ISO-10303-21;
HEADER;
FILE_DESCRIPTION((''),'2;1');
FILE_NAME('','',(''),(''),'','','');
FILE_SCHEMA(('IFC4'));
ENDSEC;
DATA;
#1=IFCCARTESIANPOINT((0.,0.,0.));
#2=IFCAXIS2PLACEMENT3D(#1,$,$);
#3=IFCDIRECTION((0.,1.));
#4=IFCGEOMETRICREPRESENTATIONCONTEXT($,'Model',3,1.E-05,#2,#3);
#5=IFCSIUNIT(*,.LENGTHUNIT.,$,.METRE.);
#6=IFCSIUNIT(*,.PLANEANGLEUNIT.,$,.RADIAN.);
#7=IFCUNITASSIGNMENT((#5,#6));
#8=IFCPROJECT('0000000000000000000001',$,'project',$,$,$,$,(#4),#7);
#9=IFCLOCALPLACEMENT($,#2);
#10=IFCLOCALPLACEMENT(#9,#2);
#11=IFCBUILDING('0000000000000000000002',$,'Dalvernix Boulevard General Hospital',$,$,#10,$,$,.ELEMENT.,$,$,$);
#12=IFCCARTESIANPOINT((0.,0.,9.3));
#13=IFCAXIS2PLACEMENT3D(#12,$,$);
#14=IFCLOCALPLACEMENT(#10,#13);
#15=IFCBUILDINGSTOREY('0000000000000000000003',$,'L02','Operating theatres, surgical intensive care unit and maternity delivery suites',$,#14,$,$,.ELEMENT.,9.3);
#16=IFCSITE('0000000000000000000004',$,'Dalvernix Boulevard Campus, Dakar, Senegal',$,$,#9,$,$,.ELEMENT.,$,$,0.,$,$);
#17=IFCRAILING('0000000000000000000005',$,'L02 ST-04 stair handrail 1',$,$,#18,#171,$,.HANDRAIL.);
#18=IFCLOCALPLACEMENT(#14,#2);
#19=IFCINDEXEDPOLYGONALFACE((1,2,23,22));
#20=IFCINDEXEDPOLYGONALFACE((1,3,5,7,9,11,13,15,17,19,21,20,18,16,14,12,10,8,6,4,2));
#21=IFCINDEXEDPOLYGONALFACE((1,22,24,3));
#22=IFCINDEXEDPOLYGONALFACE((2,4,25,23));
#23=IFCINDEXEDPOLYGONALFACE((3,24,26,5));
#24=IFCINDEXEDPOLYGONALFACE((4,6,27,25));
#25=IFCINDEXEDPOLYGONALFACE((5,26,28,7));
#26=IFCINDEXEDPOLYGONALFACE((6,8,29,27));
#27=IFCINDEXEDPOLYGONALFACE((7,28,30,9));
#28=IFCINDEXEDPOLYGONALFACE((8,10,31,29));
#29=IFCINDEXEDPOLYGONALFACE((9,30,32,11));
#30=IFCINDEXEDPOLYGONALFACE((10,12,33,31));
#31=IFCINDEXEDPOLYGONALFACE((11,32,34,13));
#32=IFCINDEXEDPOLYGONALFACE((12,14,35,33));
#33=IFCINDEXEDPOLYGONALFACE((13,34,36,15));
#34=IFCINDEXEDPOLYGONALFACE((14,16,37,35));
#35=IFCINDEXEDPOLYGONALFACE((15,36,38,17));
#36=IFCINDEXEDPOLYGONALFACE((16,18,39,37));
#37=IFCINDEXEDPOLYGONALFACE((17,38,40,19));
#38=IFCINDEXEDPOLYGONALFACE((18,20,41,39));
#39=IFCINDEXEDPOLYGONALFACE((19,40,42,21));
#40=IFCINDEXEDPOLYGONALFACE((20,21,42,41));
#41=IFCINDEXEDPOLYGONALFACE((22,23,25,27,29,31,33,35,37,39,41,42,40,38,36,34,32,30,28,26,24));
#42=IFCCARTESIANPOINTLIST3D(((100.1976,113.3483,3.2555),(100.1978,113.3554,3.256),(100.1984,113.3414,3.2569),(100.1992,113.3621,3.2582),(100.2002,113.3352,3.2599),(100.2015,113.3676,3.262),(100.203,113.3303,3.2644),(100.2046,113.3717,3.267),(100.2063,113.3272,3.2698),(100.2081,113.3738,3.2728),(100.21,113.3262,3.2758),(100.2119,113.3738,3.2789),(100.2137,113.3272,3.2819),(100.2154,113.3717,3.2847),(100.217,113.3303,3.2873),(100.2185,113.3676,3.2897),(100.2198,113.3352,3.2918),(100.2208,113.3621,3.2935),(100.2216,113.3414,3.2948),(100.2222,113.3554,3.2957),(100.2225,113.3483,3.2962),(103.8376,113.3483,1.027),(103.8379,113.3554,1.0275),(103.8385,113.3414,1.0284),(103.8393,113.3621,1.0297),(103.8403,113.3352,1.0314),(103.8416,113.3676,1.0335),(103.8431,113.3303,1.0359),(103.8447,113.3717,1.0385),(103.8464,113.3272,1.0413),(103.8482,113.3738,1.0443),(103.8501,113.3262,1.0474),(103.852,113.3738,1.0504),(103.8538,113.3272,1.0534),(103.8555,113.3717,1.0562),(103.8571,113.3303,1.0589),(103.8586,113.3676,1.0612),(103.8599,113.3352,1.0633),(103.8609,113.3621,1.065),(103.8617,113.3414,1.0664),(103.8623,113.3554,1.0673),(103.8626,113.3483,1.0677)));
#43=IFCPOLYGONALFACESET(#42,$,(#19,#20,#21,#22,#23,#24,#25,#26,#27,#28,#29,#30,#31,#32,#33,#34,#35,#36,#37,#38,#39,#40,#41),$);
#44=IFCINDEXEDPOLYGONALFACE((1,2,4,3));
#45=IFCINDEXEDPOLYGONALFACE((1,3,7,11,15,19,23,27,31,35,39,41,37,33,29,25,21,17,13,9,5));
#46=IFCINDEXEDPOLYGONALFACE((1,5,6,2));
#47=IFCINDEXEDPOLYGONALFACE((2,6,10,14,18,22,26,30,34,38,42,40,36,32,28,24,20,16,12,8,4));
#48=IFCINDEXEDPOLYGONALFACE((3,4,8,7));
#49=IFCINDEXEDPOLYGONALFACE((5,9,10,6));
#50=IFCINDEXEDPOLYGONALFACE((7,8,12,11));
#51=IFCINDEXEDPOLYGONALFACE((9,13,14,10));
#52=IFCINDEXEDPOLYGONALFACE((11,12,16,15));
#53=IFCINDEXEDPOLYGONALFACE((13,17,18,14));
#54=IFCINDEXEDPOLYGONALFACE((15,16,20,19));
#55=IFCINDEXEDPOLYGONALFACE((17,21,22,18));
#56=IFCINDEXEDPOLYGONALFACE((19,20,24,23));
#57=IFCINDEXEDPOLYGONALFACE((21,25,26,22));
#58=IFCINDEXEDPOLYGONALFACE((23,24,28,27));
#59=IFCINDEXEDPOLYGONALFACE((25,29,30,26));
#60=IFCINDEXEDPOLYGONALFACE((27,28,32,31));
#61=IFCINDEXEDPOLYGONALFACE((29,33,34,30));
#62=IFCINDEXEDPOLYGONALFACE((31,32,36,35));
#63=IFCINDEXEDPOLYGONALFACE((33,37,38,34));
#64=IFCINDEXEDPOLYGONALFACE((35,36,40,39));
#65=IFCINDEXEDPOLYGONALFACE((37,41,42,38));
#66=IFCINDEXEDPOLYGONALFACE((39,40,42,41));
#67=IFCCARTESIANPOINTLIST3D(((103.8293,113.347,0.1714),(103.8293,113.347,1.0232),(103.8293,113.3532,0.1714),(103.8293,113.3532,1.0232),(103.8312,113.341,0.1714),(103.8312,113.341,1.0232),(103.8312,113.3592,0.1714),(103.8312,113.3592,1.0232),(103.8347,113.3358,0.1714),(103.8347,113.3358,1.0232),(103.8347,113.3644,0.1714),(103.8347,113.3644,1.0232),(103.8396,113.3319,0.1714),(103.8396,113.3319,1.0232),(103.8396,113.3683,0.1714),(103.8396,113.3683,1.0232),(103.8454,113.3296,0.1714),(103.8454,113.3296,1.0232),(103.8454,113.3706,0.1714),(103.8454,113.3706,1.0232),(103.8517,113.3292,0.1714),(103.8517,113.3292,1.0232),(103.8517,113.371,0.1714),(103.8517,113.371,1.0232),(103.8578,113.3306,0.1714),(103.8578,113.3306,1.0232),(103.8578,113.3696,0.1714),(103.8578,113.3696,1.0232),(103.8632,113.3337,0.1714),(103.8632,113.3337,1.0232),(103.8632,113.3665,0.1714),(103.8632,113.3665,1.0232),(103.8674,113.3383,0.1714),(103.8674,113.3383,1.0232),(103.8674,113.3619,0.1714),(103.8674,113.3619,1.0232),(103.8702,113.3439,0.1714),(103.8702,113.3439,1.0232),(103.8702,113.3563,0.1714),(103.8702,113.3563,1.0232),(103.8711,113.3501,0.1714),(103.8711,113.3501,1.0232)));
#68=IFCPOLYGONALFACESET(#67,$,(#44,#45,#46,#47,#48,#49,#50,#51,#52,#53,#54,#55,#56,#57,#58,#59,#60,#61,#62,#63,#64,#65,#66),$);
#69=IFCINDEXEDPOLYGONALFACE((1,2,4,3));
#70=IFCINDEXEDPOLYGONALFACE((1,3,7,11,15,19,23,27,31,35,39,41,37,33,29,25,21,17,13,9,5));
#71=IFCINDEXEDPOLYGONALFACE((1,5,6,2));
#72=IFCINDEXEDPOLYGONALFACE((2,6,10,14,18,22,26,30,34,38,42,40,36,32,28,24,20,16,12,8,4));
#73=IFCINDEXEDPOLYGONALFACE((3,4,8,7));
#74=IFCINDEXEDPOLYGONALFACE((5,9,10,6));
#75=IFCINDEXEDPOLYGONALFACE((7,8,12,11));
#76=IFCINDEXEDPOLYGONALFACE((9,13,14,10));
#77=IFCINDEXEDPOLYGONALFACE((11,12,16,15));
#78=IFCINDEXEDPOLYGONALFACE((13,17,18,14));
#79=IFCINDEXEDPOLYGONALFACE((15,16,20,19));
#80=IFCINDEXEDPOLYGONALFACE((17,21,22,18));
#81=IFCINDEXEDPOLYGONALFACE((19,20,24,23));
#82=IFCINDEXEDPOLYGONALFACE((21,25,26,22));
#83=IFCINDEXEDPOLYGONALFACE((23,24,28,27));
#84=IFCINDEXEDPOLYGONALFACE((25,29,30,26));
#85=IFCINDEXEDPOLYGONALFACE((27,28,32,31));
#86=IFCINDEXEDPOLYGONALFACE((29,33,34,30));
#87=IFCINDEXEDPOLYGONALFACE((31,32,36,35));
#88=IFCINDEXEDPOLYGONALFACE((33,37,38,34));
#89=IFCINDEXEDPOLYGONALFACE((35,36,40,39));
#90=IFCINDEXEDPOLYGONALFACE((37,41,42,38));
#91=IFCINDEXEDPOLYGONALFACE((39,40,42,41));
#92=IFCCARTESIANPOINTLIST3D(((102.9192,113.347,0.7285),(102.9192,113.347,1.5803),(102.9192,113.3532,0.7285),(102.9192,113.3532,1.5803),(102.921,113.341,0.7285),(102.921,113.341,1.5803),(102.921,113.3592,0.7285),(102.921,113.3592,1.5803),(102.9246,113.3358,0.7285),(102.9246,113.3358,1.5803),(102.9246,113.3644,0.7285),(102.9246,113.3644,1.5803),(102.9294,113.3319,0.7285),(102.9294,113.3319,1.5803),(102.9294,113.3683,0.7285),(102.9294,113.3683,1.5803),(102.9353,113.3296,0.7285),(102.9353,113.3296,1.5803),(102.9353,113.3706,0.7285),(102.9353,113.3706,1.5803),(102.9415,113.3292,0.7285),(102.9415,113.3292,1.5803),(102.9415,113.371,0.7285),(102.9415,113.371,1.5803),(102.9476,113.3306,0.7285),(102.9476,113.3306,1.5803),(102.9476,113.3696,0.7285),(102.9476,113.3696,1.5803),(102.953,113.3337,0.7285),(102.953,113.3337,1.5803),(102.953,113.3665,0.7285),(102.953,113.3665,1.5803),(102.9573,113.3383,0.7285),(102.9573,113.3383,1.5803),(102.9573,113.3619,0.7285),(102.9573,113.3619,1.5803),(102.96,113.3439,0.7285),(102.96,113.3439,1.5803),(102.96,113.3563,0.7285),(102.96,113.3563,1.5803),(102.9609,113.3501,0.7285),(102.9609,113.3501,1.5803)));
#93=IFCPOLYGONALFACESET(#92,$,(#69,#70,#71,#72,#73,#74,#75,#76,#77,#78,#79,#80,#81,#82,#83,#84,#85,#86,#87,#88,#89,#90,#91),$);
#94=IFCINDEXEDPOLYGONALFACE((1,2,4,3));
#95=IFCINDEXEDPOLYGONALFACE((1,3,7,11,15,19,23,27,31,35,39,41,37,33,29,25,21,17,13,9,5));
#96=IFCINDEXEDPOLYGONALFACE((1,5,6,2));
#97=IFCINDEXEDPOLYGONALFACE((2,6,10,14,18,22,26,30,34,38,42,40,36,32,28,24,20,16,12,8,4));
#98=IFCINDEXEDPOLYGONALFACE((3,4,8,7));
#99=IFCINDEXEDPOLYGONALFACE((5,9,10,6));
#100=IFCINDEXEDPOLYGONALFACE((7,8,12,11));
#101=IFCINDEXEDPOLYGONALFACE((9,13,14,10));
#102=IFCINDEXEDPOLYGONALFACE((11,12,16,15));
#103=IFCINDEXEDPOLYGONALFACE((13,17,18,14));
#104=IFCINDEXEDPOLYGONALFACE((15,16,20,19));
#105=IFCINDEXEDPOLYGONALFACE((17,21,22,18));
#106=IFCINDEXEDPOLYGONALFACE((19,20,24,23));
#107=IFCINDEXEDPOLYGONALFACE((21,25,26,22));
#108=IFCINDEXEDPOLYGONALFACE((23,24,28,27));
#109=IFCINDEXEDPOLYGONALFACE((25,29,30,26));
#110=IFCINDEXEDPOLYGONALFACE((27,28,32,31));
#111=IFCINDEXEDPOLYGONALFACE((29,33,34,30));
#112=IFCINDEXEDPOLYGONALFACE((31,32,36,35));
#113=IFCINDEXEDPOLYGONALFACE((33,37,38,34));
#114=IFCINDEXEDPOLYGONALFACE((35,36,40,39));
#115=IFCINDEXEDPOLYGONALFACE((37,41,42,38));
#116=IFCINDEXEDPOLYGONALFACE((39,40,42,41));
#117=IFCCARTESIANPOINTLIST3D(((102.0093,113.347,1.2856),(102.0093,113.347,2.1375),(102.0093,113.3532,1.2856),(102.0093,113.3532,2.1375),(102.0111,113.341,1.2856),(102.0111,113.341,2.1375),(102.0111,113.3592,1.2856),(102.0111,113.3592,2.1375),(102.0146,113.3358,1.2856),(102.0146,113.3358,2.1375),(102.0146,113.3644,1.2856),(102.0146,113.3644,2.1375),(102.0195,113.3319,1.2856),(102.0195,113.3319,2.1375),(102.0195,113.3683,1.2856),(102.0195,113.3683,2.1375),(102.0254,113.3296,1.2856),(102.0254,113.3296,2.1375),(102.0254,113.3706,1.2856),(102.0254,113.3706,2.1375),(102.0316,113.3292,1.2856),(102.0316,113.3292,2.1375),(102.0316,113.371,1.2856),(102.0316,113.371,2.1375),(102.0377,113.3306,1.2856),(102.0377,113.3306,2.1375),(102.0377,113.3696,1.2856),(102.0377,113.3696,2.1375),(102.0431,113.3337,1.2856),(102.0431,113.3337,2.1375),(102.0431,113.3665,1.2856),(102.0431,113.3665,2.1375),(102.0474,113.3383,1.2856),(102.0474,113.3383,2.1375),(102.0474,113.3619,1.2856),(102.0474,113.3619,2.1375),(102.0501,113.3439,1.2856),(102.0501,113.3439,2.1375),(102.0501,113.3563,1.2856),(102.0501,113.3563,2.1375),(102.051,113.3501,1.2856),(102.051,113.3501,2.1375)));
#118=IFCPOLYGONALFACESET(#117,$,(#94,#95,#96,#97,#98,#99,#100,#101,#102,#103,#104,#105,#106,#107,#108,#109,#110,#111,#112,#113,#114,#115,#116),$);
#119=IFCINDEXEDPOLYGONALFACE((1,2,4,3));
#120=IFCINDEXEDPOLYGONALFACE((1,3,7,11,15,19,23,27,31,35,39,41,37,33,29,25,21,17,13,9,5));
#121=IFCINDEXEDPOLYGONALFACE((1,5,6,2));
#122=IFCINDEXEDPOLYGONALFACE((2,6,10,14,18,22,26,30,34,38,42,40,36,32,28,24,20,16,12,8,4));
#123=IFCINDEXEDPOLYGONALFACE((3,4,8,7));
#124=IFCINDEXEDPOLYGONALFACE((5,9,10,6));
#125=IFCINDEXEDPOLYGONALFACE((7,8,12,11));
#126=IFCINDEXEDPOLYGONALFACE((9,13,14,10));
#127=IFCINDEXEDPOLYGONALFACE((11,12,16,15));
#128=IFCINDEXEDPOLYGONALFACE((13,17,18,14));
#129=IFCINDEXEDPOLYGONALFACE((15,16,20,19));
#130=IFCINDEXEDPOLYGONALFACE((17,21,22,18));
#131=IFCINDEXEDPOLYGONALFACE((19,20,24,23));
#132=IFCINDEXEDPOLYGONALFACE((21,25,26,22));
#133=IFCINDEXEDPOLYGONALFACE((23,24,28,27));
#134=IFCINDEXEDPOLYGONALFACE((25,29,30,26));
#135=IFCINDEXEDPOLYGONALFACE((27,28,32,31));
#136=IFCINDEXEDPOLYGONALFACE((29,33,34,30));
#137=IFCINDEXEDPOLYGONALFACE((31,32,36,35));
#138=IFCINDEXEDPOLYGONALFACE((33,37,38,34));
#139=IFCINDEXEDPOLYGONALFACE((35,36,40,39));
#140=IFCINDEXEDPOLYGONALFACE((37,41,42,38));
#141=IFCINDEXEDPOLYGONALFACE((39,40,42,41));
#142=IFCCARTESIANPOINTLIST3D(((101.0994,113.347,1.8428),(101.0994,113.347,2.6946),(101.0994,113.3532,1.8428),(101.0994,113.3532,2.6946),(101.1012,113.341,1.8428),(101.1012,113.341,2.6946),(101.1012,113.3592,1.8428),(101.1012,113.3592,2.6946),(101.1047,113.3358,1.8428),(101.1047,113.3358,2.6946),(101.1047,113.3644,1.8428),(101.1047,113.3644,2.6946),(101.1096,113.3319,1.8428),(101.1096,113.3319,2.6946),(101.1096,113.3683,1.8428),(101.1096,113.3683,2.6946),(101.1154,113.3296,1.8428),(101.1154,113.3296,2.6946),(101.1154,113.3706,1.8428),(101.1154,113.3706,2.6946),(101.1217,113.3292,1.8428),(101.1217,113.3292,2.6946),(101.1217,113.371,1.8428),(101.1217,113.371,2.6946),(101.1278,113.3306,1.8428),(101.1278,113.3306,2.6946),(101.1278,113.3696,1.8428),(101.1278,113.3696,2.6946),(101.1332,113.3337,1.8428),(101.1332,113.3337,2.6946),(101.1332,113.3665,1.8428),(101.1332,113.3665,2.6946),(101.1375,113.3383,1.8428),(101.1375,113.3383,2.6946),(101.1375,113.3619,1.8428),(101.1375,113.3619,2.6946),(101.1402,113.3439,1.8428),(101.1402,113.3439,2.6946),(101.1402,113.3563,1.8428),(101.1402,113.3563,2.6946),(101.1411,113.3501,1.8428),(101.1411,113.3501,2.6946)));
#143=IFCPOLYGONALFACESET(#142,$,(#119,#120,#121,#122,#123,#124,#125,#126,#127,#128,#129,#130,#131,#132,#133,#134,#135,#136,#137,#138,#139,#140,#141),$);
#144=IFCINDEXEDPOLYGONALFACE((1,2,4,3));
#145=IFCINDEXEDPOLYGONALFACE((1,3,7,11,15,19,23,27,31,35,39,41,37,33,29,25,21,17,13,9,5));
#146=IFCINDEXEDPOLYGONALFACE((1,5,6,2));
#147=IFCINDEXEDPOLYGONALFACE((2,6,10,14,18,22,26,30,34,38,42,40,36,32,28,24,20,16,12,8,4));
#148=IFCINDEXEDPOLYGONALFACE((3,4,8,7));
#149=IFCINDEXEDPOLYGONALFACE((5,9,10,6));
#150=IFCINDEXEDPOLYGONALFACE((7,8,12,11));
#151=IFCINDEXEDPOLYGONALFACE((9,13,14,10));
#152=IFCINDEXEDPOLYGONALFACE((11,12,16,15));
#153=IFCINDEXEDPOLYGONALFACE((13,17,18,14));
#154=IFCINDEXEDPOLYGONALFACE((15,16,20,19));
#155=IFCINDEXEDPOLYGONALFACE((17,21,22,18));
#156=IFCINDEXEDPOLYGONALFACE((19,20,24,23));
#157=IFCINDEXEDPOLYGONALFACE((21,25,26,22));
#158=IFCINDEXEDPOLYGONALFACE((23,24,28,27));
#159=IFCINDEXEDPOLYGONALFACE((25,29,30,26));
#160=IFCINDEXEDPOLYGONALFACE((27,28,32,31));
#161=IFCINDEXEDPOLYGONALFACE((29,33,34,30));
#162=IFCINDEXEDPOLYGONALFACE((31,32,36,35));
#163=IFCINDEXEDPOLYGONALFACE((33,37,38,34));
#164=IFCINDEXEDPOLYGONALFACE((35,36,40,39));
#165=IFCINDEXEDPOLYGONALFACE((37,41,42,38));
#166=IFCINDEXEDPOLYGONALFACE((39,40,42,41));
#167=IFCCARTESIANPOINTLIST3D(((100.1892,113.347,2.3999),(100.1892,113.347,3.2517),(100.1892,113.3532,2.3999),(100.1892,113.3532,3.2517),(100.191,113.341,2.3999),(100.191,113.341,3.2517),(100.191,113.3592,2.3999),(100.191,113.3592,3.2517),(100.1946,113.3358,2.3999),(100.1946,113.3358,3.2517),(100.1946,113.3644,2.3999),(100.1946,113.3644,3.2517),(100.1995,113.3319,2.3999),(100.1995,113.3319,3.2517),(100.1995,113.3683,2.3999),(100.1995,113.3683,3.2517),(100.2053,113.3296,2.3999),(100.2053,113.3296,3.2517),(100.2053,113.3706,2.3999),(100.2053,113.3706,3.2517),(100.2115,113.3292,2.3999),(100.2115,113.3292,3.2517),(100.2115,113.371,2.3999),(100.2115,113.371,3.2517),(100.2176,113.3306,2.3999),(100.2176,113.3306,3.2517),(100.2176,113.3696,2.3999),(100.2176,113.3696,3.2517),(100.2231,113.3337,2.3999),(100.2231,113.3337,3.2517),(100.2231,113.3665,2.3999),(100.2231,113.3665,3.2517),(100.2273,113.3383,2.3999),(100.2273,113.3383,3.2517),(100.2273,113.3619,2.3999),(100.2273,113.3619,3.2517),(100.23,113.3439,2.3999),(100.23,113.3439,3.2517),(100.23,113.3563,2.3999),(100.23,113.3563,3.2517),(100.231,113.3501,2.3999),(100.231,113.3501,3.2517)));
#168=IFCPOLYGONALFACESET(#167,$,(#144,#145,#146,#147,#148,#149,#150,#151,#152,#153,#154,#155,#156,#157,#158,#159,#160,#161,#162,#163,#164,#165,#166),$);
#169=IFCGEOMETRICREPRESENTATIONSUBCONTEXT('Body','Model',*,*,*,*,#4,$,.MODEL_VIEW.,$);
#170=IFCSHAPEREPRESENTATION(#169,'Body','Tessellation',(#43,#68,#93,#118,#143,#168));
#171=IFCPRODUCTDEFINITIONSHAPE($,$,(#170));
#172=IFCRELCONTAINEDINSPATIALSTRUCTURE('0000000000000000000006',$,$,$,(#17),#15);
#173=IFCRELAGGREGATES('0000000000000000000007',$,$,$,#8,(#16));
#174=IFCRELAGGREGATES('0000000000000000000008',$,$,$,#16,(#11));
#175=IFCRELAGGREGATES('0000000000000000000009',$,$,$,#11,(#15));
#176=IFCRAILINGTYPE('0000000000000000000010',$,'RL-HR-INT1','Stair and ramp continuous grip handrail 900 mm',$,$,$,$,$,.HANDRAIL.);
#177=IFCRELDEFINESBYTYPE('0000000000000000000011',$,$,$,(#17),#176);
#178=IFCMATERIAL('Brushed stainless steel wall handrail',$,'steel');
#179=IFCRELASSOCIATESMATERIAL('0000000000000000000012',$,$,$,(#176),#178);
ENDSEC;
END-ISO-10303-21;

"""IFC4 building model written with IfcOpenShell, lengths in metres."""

from ifc_helpers import new_model, si_unit, direction, frame, origin, origin_2d, place, context, subcontext, project, spatial, circle, extrude, material, type_object, element, save


model = new_model("IFC4")

# Units and contexts
model_context = context("Model", 3, precision=1e-05, world=origin(), true_north=direction((0.0, 1.0)))
body_context = subcontext(model_context, "Body", "Model", "MODEL_VIEW")
ifc_project = project(units=[si_unit("LENGTHUNIT", "METRE"), si_unit("PLANEANGLEUNIT", "RADIAN")], contexts=[model_context])

# Site, building, storey
site_placement = place(None, origin())
site = spatial("IfcSite", under=ifc_project, at=site_placement, Name="Dalvernix Boulevard Campus, Dakar, Senegal", CompositionType="ELEMENT", RefElevation=0.0)
building_placement = place(site_placement, origin())
building = spatial("IfcBuilding", under=site, at=building_placement, Name="Dalvernix Boulevard General Hospital", CompositionType="ELEMENT")
storey_placement = place(building_placement, frame((0.0, 0.0, 9.3)))
storey = spatial("IfcBuildingStorey", under=building, at=storey_placement, Name="L02", Description="Operating theatres, surgical intensive care unit and maternity delivery suites", CompositionType="ELEMENT", Elevation=9.3)

# Railing
ifc_material_1 = material(Name="Brushed stainless steel wall handrail", Category="steel")
railing_type_1 = type_object("IfcRailingType", Name="RL-HR-INT1", Description="Stair and ramp continuous grip handrail 900 mm", PredefinedType="HANDRAIL", material=ifc_material_1)
railing_1_placement = place(storey_placement, frame((103.8501, 113.3501, 0.1714)))
element("IfcRailing", 1, at=railing_1_placement, inside=storey, type_object=railing_type_1, Name="L02 ST-04 stair handrail 1", PredefinedType="HANDRAIL", context=body_context, shape_type="SweptSolid", body=[
    extrude(circle(Radius=0.0239, at=origin_2d()), frame((0.0, 0.0, 0.876), z_axis=(-0.852866, 0.0, 0.52213), x_axis=(0.0, -1.0, 0.0)), (0.0, 0.0, 1.0), 4.2681),
    extrude(circle(Radius=0.021, at=origin_2d()), origin(), (0.0, 0.0, 1.0), 0.8518),
    extrude(circle(Radius=0.021, at=origin_2d()), frame((-0.9102, 0.0, 0.5571)), (0.0, 0.0, 1.0), 0.8518),
    extrude(circle(Radius=0.021, at=origin_2d()), frame((-1.8201, 0.0, 1.1143)), (0.0, 0.0, 1.0), 0.8518),
    extrude(circle(Radius=0.021, at=origin_2d()), frame((-2.73, 0.0, 1.6714)), (0.0, 0.0, 1.0), 0.8518),
    extrude(circle(Radius=0.021, at=origin_2d()), frame((-3.6401, 0.0, 2.2285)), (0.0, 0.0, 1.0), 0.8518),
])

save(model, "model.ifc")
